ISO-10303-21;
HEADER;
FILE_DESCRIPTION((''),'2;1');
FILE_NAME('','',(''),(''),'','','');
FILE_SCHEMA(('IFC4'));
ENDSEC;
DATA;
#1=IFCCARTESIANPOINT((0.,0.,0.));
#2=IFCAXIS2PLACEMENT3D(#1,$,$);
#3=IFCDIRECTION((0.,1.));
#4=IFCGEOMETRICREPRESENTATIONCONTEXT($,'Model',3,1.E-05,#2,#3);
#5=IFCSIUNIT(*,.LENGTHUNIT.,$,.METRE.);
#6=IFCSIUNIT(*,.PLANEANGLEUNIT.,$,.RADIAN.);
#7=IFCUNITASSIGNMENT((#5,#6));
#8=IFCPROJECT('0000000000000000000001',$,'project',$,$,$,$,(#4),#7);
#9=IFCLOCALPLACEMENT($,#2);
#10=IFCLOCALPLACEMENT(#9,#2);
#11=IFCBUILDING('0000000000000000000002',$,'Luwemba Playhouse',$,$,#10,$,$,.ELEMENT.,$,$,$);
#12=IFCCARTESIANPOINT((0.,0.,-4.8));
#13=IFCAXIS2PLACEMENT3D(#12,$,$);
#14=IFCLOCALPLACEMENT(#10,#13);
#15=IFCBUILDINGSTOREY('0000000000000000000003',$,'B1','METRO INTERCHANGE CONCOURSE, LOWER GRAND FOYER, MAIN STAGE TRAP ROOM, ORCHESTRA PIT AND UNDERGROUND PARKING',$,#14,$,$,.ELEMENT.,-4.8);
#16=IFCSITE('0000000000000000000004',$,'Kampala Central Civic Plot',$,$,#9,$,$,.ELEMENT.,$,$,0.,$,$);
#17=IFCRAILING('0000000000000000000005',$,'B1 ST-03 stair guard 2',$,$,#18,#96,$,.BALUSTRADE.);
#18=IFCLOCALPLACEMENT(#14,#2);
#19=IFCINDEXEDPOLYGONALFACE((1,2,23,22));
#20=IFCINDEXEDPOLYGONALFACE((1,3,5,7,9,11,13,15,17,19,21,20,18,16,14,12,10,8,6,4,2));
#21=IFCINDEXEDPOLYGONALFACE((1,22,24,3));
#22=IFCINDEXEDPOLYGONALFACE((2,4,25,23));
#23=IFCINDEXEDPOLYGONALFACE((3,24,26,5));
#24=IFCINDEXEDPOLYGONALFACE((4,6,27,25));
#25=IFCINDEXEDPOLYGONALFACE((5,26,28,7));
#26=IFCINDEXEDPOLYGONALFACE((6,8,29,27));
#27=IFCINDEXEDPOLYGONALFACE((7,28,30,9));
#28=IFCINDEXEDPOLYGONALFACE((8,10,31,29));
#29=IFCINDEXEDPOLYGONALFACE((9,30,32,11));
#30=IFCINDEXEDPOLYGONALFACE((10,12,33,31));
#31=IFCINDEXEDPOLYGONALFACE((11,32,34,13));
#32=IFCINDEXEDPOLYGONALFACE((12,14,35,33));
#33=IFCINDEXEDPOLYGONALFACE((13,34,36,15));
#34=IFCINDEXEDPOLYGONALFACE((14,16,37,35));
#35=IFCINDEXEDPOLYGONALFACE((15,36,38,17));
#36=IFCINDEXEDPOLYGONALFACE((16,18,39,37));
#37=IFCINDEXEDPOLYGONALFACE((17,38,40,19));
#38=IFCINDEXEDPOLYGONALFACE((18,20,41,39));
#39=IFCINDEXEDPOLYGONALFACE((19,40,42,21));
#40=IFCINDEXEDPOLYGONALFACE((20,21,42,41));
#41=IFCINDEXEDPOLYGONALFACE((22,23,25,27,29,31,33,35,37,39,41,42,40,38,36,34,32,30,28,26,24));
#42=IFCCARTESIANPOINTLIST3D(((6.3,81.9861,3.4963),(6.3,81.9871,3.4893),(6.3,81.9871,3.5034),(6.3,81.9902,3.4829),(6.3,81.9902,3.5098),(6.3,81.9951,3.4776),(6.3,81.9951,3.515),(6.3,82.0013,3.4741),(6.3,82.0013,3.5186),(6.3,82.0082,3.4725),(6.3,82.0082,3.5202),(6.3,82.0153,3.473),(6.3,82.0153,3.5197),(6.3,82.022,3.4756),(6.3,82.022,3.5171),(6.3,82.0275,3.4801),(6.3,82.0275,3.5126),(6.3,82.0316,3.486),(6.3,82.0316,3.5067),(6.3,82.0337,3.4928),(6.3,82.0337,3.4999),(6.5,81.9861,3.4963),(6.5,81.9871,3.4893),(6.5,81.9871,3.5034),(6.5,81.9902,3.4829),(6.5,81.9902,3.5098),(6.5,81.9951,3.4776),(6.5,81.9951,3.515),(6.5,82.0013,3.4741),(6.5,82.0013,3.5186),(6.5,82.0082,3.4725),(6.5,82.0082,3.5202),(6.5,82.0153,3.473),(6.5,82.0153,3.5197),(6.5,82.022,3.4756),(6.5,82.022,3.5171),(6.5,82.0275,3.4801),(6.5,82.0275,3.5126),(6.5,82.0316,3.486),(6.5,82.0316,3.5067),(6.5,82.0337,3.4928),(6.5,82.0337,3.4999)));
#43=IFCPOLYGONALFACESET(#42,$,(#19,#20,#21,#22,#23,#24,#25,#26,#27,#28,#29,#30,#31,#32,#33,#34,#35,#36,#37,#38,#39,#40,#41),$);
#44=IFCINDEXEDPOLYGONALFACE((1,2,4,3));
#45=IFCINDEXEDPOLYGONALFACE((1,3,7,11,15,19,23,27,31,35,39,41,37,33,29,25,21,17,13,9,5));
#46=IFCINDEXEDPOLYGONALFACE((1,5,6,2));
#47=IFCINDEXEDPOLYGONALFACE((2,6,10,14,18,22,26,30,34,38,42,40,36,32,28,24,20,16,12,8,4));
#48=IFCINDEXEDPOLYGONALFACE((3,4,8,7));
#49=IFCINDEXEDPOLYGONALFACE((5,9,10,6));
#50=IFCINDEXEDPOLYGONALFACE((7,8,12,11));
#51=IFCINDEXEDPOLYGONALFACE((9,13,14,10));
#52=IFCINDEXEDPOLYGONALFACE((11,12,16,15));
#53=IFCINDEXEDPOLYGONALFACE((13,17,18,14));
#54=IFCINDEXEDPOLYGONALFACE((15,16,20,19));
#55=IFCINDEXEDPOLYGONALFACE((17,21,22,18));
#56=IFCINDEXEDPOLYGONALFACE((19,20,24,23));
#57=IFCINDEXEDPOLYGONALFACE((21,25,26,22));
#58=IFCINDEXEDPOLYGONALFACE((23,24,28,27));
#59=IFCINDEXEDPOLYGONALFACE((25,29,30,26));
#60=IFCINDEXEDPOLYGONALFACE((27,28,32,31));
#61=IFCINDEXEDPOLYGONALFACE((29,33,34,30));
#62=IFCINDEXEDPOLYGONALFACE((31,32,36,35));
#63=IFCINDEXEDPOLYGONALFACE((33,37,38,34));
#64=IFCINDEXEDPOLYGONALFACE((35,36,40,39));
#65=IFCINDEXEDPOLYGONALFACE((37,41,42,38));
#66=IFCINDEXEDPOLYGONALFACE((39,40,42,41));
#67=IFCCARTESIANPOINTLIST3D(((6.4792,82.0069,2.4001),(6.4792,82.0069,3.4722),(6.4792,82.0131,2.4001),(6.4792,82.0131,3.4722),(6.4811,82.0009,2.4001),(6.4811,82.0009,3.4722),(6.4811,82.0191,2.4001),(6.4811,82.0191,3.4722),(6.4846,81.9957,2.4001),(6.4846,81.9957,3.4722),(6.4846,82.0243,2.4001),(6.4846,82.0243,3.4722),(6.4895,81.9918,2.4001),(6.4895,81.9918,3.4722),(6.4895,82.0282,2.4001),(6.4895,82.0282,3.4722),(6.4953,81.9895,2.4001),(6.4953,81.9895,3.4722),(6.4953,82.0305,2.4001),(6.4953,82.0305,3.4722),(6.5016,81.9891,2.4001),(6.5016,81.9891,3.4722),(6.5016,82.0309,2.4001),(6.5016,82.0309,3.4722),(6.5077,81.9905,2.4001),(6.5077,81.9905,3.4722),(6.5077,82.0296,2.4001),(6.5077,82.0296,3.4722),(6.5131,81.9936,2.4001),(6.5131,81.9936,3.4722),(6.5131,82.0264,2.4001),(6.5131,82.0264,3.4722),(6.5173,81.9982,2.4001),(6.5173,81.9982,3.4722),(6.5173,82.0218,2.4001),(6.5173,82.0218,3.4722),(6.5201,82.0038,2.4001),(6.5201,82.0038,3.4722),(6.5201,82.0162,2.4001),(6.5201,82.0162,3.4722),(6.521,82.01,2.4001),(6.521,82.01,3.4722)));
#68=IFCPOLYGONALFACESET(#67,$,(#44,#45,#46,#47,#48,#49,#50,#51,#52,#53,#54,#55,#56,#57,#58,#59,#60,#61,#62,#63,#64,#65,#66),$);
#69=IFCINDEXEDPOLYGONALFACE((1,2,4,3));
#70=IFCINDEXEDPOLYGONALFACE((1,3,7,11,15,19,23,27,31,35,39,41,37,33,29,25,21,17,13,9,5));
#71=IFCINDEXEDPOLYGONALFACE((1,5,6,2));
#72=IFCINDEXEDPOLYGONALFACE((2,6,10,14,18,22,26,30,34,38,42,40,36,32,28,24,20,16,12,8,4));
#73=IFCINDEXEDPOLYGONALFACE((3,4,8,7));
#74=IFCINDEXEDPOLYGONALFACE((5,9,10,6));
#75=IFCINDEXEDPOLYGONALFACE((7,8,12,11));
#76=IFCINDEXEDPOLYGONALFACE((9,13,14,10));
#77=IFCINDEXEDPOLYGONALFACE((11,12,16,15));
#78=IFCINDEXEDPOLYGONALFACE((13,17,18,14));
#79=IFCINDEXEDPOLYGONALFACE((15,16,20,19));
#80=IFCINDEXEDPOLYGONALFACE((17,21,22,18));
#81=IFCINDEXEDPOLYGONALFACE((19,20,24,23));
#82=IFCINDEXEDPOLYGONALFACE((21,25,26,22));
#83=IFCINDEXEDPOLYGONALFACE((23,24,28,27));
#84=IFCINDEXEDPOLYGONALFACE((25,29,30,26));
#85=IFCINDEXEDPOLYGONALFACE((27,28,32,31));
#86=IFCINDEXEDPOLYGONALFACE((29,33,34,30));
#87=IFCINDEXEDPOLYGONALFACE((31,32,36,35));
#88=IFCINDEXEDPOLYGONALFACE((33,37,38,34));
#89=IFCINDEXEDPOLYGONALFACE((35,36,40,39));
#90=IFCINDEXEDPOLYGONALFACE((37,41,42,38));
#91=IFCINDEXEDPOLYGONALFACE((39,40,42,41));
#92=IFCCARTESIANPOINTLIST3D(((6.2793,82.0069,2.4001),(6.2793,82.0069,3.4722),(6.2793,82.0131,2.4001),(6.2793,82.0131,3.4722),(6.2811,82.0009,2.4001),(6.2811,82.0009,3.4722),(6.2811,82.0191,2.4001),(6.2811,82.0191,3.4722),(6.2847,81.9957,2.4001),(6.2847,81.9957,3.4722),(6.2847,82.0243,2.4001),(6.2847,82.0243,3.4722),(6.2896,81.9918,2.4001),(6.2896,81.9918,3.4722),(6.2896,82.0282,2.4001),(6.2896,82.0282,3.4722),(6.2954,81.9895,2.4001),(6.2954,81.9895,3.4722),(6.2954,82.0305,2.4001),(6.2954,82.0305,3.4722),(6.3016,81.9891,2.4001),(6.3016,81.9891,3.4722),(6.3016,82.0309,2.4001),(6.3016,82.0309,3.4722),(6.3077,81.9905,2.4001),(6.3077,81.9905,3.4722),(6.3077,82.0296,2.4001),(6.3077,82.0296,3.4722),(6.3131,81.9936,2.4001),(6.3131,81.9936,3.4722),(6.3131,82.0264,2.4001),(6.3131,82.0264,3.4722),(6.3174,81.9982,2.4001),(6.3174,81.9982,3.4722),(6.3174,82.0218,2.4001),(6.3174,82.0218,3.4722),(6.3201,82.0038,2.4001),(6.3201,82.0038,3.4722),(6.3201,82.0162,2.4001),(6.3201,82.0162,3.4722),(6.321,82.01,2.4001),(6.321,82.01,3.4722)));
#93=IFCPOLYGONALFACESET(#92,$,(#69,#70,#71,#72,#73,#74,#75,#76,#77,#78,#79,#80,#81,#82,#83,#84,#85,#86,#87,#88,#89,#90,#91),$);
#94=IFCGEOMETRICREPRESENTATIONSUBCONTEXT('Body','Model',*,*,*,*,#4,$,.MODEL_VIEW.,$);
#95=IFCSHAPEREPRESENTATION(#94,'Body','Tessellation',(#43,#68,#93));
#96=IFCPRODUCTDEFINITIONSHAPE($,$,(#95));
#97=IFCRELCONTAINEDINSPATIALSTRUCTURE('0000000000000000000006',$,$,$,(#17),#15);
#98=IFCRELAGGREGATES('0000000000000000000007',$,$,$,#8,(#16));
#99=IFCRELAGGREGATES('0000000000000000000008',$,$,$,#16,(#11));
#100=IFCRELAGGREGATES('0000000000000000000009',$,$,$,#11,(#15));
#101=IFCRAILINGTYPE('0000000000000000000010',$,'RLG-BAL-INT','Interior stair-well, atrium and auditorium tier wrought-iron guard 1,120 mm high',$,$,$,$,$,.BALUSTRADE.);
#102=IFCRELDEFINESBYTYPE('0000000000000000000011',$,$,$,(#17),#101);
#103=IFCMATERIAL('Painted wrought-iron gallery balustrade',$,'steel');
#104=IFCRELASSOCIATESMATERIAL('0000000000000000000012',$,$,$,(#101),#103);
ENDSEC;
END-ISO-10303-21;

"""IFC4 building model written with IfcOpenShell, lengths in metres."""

from ifc_helpers import new_model, si_unit, direction, frame, origin, origin_2d, place, context, subcontext, project, spatial, circle, extrude, material, type_object, element, save


model = new_model("IFC4")

# Units and contexts
model_context = context("Model", 3, precision=1e-05, world=origin(), true_north=direction((0.0, 1.0)))
body_context = subcontext(model_context, "Body", "Model", "MODEL_VIEW")
ifc_project = project(units=[si_unit("LENGTHUNIT", "METRE"), si_unit("PLANEANGLEUNIT", "RADIAN")], contexts=[model_context])

# Site, building, storey
site_placement = place(None, origin())
site = spatial("IfcSite", under=ifc_project, at=site_placement, Name="Kampala Central Civic Plot", CompositionType="ELEMENT", RefElevation=0.0)
building_placement = place(site_placement, origin())
building = spatial("IfcBuilding", under=site, at=building_placement, Name="Luwemba Playhouse", CompositionType="ELEMENT")
storey_placement = place(building_placement, frame((0.0, 0.0, -4.8)))
storey = spatial("IfcBuildingStorey", under=building, at=storey_placement, Name="B1", Description="METRO INTERCHANGE CONCOURSE, LOWER GRAND FOYER, MAIN STAGE TRAP ROOM, ORCHESTRA PIT AND UNDERGROUND PARKING", CompositionType="ELEMENT", Elevation=-4.8)

# Railing
ifc_material_1 = material(Name="Painted wrought-iron gallery balustrade", Category="steel")
railing_type_1 = type_object("IfcRailingType", Name="RLG-BAL-INT", Description="Interior stair-well, atrium and auditorium tier wrought-iron guard 1,120 mm high", PredefinedType="BALUSTRADE", material=ifc_material_1)
railing_1_placement = place(storey_placement, frame((6.5, 82.01, 2.4001)))
element("IfcRailing", 1, at=railing_1_placement, inside=storey, type_object=railing_type_1, Name="B1 ST-03 stair guard 2", PredefinedType="BALUSTRADE", context=body_context, shape_type="SweptSolid", body=[
    extrude(circle(Radius=0.0239, at=origin_2d()), frame((0.0, 0.0, 1.0962), z_axis=(-1.0, 0.0, 0.0), x_axis=(0.0, -1.0, 0.0)), (0.0, 0.0, 1.0), 0.2),
    extrude(circle(Radius=0.021, at=origin_2d()), origin(), (0.0, 0.0, 1.0), 1.072),
    extrude(circle(Radius=0.021, at=origin_2d()), frame((-0.2, 0.0, 0.0)), (0.0, 0.0, 1.0), 1.072),
])

save(model, "model.ifc")
